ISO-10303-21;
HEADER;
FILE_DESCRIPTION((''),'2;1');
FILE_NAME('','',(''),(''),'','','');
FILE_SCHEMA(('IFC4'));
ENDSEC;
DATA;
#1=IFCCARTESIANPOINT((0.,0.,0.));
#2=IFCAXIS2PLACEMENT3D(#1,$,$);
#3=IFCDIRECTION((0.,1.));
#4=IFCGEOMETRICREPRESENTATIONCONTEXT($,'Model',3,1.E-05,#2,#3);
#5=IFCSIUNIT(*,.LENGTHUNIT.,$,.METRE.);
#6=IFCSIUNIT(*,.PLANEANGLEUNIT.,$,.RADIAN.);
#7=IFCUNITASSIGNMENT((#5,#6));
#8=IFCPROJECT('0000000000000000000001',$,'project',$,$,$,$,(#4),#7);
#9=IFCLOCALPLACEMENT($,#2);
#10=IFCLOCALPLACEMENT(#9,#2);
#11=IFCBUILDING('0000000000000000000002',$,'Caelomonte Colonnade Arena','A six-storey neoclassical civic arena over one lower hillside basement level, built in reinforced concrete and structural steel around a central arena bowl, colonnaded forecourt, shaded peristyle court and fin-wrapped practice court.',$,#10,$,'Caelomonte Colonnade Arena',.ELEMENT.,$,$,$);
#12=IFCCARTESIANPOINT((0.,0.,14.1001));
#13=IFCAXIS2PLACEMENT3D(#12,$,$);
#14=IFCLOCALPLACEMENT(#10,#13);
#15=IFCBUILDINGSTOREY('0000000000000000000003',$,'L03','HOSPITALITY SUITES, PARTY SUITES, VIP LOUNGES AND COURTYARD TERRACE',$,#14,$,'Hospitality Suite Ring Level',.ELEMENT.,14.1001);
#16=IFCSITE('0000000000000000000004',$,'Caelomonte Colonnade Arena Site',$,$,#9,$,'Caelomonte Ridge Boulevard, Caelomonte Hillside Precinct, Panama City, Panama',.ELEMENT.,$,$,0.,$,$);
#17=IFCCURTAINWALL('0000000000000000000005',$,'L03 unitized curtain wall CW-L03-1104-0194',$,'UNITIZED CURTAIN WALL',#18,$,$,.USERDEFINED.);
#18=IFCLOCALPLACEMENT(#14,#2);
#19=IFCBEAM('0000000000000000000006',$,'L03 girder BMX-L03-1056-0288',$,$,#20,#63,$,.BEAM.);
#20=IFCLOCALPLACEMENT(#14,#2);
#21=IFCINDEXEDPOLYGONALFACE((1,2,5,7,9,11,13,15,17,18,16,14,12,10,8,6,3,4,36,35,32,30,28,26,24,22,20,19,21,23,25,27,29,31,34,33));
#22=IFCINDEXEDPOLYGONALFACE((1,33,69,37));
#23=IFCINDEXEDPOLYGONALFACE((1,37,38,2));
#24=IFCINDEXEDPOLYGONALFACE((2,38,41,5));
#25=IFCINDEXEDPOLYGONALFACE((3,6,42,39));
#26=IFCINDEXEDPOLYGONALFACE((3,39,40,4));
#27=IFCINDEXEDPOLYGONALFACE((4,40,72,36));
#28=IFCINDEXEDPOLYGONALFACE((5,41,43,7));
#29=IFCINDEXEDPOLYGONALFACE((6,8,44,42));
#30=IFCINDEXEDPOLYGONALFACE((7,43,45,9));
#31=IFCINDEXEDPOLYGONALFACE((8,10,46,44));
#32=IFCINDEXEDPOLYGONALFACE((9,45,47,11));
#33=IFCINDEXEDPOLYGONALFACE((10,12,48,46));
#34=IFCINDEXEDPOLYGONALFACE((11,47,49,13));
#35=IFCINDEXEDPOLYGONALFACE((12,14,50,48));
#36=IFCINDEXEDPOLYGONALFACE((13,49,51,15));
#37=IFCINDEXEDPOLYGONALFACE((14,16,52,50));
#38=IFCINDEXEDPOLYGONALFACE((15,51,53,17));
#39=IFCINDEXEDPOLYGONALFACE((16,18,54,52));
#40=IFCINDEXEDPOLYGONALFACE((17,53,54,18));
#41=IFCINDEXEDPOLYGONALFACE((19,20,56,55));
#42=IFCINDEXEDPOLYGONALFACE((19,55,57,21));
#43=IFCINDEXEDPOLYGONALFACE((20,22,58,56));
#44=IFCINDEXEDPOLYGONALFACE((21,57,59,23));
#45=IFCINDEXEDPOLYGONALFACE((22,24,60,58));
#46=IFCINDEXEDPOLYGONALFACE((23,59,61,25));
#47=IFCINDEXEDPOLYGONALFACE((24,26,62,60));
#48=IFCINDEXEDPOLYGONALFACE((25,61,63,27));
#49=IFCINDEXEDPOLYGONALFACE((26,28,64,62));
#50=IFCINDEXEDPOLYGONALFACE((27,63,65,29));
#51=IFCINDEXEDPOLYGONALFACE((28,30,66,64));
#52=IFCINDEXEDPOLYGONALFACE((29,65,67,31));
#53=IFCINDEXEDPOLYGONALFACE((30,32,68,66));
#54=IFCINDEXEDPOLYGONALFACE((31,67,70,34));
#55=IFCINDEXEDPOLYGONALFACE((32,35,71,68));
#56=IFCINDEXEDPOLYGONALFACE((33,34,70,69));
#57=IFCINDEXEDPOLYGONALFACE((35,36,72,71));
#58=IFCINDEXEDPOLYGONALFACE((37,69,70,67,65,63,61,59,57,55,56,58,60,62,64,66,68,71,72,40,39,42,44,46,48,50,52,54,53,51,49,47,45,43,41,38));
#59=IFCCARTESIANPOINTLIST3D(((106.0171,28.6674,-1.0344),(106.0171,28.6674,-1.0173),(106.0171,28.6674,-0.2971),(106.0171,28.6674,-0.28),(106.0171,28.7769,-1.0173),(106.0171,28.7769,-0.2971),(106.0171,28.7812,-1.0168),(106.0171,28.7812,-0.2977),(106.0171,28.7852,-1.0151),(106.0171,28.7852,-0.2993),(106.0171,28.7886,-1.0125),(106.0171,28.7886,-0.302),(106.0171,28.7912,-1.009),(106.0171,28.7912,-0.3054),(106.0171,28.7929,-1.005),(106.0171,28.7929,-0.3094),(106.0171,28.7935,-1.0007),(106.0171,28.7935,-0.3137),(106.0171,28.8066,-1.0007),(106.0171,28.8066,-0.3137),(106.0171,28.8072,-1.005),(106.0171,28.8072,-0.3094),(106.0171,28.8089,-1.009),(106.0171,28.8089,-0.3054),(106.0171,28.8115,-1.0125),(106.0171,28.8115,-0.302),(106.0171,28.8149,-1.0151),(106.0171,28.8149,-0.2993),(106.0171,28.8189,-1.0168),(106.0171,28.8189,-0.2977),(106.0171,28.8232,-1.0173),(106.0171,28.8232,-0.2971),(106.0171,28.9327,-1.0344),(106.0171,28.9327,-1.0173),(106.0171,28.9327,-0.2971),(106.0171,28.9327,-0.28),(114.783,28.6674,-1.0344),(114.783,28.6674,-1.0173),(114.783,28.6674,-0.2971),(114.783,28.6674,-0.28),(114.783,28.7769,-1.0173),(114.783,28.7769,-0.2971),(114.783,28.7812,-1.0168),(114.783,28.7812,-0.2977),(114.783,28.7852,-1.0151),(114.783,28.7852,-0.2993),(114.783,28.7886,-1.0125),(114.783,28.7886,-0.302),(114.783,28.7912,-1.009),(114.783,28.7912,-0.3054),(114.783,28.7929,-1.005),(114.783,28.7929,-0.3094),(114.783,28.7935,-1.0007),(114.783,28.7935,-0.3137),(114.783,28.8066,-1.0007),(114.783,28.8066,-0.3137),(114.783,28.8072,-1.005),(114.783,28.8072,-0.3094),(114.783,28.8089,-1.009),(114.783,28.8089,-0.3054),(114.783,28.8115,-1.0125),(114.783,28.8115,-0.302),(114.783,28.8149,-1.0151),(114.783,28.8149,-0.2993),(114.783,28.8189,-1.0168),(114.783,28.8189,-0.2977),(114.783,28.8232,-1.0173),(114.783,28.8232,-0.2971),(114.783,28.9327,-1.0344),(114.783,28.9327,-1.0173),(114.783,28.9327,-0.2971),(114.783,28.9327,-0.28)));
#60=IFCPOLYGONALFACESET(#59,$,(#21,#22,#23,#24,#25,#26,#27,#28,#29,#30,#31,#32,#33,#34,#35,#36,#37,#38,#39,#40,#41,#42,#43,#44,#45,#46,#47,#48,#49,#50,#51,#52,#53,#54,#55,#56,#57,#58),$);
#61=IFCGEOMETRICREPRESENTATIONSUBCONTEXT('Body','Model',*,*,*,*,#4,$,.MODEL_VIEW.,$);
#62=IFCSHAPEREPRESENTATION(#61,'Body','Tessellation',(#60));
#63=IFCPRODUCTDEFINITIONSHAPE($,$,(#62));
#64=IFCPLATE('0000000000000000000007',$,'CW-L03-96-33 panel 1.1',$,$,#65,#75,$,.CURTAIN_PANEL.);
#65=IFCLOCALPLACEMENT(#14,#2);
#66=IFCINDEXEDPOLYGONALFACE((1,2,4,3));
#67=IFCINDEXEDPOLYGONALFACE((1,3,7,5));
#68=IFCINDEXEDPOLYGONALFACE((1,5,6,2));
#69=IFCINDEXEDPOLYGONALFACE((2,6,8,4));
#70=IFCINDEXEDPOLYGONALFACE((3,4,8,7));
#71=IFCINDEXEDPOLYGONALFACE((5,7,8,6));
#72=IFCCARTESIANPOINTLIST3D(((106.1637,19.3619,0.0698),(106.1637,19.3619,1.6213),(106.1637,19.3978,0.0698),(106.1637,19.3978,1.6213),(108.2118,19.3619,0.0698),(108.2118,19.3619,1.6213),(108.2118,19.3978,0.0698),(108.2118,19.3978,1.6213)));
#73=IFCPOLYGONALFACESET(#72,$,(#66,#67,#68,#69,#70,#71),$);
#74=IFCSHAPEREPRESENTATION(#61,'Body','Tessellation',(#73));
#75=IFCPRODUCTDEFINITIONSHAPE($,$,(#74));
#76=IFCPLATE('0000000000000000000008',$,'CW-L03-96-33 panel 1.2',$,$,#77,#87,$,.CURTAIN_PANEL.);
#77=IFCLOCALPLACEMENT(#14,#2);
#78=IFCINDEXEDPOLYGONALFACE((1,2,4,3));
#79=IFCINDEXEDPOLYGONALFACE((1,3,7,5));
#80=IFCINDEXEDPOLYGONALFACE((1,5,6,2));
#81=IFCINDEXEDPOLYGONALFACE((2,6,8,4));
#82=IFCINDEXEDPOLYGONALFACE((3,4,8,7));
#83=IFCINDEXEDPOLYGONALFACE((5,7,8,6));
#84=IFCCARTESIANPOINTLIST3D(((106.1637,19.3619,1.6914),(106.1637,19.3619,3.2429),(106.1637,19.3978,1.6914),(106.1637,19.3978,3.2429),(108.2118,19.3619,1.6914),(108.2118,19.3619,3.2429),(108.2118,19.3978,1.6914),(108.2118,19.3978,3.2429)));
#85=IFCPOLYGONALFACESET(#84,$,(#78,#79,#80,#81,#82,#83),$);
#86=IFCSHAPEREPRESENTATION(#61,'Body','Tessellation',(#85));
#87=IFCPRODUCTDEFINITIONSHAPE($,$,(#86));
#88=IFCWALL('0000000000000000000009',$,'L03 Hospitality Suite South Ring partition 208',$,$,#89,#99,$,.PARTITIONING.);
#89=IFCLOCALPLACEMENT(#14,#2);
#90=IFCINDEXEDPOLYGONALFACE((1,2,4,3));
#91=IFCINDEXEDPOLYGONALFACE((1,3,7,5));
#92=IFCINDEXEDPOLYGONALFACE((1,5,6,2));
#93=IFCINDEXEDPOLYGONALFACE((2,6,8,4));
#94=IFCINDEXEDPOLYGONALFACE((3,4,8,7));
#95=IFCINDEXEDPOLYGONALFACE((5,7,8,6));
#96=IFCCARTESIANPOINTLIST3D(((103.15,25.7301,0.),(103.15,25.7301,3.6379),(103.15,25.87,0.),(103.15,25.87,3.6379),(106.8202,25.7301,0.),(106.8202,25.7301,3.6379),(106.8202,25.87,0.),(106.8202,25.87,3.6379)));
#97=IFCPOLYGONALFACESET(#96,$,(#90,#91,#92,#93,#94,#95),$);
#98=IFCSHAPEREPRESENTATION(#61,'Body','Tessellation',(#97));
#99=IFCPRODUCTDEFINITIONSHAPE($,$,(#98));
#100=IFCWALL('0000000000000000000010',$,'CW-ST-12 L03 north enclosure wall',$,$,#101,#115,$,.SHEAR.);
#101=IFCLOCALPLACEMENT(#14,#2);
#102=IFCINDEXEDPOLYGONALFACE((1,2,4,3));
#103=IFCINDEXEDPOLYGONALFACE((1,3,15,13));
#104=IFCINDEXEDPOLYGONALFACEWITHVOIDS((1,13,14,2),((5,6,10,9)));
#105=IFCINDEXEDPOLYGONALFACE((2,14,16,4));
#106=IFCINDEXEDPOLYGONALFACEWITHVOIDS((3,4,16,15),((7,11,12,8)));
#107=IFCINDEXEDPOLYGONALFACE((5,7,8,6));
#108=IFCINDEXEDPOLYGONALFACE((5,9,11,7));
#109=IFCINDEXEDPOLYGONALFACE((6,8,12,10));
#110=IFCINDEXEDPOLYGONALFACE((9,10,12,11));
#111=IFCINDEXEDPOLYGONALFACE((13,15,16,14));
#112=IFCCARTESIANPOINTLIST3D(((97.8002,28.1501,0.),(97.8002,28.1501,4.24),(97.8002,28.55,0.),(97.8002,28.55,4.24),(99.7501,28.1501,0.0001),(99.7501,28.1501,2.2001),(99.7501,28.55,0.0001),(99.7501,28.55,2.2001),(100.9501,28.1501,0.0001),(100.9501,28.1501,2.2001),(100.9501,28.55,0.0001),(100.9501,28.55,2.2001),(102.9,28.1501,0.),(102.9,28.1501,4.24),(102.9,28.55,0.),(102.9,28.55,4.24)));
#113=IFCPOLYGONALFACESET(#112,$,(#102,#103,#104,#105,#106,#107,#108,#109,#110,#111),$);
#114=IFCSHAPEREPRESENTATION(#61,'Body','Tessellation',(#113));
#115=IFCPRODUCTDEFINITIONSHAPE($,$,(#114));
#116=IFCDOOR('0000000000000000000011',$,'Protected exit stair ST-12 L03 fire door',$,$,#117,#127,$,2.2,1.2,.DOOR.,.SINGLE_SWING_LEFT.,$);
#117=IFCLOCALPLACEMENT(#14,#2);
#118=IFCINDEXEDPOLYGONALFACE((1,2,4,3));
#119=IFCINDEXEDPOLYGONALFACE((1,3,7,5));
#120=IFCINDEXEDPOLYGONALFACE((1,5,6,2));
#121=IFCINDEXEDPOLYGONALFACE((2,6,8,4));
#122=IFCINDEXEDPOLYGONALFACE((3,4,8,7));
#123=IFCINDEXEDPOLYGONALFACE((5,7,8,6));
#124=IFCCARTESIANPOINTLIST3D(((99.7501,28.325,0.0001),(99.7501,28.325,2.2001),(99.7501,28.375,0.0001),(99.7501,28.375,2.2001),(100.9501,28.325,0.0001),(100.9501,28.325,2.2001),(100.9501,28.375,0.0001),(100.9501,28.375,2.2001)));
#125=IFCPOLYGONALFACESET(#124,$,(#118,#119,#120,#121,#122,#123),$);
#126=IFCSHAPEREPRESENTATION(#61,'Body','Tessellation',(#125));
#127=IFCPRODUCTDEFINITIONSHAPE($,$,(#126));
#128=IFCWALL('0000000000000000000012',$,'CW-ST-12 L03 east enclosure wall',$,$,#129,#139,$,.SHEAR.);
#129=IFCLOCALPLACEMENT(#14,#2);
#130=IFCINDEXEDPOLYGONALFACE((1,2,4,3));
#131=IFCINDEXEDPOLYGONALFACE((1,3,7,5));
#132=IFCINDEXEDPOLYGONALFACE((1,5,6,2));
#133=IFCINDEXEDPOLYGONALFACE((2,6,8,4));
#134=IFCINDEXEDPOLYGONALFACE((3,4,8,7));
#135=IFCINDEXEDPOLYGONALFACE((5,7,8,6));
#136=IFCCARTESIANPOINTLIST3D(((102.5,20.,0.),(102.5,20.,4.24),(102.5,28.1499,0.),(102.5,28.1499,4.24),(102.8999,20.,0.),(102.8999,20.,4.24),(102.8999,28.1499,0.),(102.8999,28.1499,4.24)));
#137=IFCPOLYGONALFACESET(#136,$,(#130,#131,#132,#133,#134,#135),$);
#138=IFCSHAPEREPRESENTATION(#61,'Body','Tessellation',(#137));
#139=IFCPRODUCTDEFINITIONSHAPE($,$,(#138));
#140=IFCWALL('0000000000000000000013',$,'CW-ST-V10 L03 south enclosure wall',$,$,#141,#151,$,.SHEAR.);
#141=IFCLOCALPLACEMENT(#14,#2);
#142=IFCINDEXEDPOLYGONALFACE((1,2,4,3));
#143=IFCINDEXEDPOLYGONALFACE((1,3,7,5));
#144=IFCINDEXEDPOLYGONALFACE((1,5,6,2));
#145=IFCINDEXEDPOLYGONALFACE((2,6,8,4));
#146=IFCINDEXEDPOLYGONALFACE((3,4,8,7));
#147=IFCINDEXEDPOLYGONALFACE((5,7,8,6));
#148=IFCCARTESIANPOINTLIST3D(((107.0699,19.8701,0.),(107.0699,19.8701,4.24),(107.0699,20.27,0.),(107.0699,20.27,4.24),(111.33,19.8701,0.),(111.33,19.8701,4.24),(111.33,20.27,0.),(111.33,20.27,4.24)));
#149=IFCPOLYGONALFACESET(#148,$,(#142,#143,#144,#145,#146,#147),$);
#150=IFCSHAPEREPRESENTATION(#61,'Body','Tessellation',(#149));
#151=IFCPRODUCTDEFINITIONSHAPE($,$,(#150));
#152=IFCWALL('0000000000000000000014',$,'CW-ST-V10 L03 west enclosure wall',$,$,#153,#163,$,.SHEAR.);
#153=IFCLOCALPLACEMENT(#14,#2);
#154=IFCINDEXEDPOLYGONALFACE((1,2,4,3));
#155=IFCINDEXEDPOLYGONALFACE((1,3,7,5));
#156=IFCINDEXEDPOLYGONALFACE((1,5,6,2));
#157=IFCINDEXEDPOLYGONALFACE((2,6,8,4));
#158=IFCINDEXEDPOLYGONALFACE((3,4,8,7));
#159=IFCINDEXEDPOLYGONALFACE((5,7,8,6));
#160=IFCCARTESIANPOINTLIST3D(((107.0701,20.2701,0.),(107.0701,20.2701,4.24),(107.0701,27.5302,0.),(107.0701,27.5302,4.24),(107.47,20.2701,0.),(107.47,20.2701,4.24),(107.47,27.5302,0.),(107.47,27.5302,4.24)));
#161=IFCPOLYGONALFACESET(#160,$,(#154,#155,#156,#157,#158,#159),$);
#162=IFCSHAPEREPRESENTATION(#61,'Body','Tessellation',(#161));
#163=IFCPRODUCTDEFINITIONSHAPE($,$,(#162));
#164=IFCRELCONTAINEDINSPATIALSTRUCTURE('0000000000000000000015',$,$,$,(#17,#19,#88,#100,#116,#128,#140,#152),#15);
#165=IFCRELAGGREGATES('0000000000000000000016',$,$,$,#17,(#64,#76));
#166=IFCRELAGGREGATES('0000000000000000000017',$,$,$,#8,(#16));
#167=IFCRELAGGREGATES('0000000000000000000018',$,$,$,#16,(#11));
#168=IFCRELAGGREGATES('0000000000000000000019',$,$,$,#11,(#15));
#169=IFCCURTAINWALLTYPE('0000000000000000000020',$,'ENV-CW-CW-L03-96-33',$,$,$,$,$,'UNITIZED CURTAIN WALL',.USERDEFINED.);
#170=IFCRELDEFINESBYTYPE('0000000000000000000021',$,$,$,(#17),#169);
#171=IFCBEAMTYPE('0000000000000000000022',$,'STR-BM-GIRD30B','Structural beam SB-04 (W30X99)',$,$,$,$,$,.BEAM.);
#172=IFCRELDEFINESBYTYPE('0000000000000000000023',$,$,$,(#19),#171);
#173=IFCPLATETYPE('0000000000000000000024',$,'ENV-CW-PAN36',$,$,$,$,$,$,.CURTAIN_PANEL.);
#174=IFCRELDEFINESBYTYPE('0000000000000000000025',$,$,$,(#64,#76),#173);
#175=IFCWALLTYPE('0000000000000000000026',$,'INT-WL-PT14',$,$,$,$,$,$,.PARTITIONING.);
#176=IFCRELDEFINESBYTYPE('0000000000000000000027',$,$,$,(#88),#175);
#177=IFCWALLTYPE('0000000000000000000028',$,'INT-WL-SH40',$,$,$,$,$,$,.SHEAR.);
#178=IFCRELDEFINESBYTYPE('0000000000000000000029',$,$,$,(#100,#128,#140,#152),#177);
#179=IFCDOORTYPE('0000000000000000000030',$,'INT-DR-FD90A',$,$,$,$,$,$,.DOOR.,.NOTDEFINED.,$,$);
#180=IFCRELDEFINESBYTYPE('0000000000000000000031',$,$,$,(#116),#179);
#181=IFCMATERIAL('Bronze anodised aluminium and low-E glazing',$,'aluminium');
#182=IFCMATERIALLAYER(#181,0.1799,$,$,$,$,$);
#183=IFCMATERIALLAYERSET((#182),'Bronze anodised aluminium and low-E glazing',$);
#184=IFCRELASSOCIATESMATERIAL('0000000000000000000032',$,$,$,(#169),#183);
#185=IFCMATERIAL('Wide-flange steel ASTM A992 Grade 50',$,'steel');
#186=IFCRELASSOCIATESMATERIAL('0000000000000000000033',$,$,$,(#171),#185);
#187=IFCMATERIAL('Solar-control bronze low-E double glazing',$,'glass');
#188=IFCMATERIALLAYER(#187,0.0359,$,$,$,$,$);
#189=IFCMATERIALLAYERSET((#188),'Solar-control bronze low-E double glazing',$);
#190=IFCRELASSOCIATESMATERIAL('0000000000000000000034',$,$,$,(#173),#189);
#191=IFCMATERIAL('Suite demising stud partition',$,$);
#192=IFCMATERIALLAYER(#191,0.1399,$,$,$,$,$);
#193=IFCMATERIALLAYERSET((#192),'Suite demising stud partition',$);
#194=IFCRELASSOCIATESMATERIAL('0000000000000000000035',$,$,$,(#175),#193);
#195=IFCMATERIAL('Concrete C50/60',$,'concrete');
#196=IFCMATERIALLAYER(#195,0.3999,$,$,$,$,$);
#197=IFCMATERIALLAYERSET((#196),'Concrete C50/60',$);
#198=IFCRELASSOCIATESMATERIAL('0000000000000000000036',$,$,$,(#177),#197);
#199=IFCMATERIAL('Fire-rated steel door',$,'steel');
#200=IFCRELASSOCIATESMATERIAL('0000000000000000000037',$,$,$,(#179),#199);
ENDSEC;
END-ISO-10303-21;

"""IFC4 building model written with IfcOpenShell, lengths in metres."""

from ifc_helpers import new_model, si_unit, direction, frame, frame_2d, origin, origin_2d, place, context, subcontext, project, spatial, rectangle, i_section, extrude, material, layer, layer_set, material_profile, profile_set, type_object, element, fill, aggregate, save


model = new_model("IFC4")

# Units and contexts
model_context = context("Model", 3, precision=1e-05, world=origin(), true_north=direction((0.0, 1.0)))
body_context = subcontext(model_context, "Body", "Model", "MODEL_VIEW")
ifc_project = project(units=[si_unit("LENGTHUNIT", "METRE"), si_unit("PLANEANGLEUNIT", "RADIAN")], contexts=[model_context])

# Site, building, storey
site_placement = place(None, origin())
site = spatial("IfcSite", under=ifc_project, at=site_placement, Name="Caelomonte Colonnade Arena Site", LongName="Caelomonte Ridge Boulevard, Caelomonte Hillside Precinct, Panama City, Panama", CompositionType="ELEMENT", RefElevation=0.0)
building_placement = place(site_placement, origin())
building = spatial("IfcBuilding", under=site, at=building_placement, Name="Caelomonte Colonnade Arena", Description="A six-storey neoclassical civic arena over one lower hillside basement level, built in reinforced concrete and structural steel around a central arena bowl, colonnaded forecourt, shaded peristyle court and fin-wrapped practice court.", LongName="Caelomonte Colonnade Arena", CompositionType="ELEMENT")
storey_placement = place(building_placement, frame((0.0, 0.0, 14.1001)))
storey = spatial("IfcBuildingStorey", under=building, at=storey_placement, Name="L03", Description="HOSPITALITY SUITES, PARTY SUITES, VIP LOUNGES AND COURTYARD TERRACE", LongName="Hospitality Suite Ring Level", CompositionType="ELEMENT", Elevation=14.1001)

# Curtain wall
ifc_material_1 = material(Name="Bronze anodised aluminium and low-E glazing", Category="aluminium")
ifc_layer_1 = layer(ifc_material_1, 0.1799)
ifc_layer_set_1 = layer_set([ifc_layer_1], Name="Bronze anodised aluminium and low-E glazing")
curtain_wall_type = type_object("IfcCurtainWallType", Name="ENV-CW-CW-L03-96-33", ElementType="UNITIZED CURTAIN WALL", PredefinedType="USERDEFINED", material=ifc_layer_set_1)
curtain_wall_placement = place(storey_placement, origin())
curtain_wall = element("IfcCurtainWall", 1, at=curtain_wall_placement, inside=storey, type_object=curtain_wall_type, Name="L03 unitized curtain wall CW-L03-1104-0194", ObjectType="UNITIZED CURTAIN WALL", PredefinedType="USERDEFINED")

# Beam
ifc_material_2 = material(Name="Wide-flange steel ASTM A992 Grade 50", Category="steel")
ifc_material_profile_1 = material_profile(ifc_material_2, i_section(OverallWidth=0.2654, OverallDepth=0.7544, WebThickness=0.0132, FlangeThickness=0.0171, FilletRadius=0.0166, at=origin_2d()), Name="W30X99")
ifc_profile_set_1 = profile_set([ifc_material_profile_1], Name="Wide-flange steel ASTM A992 Grade 50")
beam_type_1 = type_object("IfcBeamType", Name="STR-BM-GIRD30B", Description="Structural beam SB-04 (W30X99)", PredefinedType="BEAM", material=ifc_profile_set_1)
beam_1_placement = place(storey_placement, frame((106.0171, 28.8, -0.6572), z_axis=(1.0, 0.0, 0.0), x_axis=(0.0, 1.0, 0.0)))
element("IfcBeam", 2, at=beam_1_placement, inside=storey, type_object=beam_type_1, Name="L03 girder BMX-L03-1056-0288", PredefinedType="BEAM", context=body_context, shape_type="SweptSolid", body=[
    extrude(i_section(OverallWidth=0.2654, OverallDepth=0.7544, WebThickness=0.0132, FlangeThickness=0.0171, FilletRadius=0.0166, at=origin_2d()), origin(), (0.0, 0.0, 1.0), 8.7659),
])

# Plates
ifc_material_3 = material(Name="Solar-control bronze low-E double glazing", Category="glass")
ifc_layer_2 = layer(ifc_material_3, 0.0359)
ifc_layer_set_2 = layer_set([ifc_layer_2], Name="Solar-control bronze low-E double glazing")
plate_type = type_object("IfcPlateType", Name="ENV-CW-PAN36", PredefinedType="CURTAIN_PANEL", material=ifc_layer_set_2)
plate_1_placement = place(storey_placement, frame((107.1877, 19.3799, 0.0698), z_axis=(0.0, 0.0, 1.0), x_axis=(1.0, 0.0, 0.0)))
plate_1 = element("IfcPlate", 3, at=plate_1_placement, type_object=plate_type, Name="CW-L03-96-33 panel 1.1", PredefinedType="CURTAIN_PANEL", context=body_context, shape_type="SweptSolid", body=[
    extrude(rectangle(XDim=2.0481, YDim=0.0359, at=origin_2d()), origin(), (0.0, 0.0, 1.0), 1.5515),
])
plate_2_placement = place(storey_placement, frame((107.1877, 19.3799, 1.6914), z_axis=(0.0, 0.0, 1.0), x_axis=(1.0, 0.0, 0.0)))
plate_2 = element("IfcPlate", 4, at=plate_2_placement, type_object=plate_type, Name="CW-L03-96-33 panel 1.2", PredefinedType="CURTAIN_PANEL", context=body_context, shape_type="SweptSolid", body=[
    extrude(rectangle(XDim=2.0481, YDim=0.0359, at=origin_2d()), origin(), (0.0, 0.0, 1.0), 1.5515),
])
aggregate(curtain_wall, [plate_1, plate_2])

# Wall
ifc_material_4 = material(Name="Suite demising stud partition")
ifc_layer_3 = layer(ifc_material_4, 0.1399)
ifc_layer_set_3 = layer_set([ifc_layer_3], Name="Suite demising stud partition")
wall_type_1 = type_object("IfcWallType", Name="INT-WL-PT14", PredefinedType="PARTITIONING", material=ifc_layer_set_3)
wall_1_placement = place(storey_placement, frame((106.8201, 25.8, 0.0), z_axis=(0.0, 0.0, 1.0), x_axis=(-1.0, 0.0, 0.0)))
element("IfcWall", 5, at=wall_1_placement, inside=storey, type_object=wall_type_1, Name="L03 Hospitality Suite South Ring partition 208", PredefinedType="PARTITIONING", context=body_context, shape_type="SweptSolid", body=[
    extrude(rectangle(XDim=3.6702, YDim=0.1399, at=frame_2d((1.835, 0.0))), origin(), (0.0, 0.0, 1.0), 3.6379),
])

# Wall, opening, door
ifc_material_5 = material(Name="Concrete C50/60", Category="concrete")
ifc_layer_4 = layer(ifc_material_5, 0.3999)
ifc_layer_set_4 = layer_set([ifc_layer_4], Name="Concrete C50/60")
wall_type_2 = type_object("IfcWallType", Name="INT-WL-SH40", PredefinedType="SHEAR", material=ifc_layer_set_4)
wall_2_placement = place(storey_placement, frame((102.8999, 28.3501, 0.0), z_axis=(0.0, 0.0, 1.0), x_axis=(-1.0, 0.0, 0.0)))
wall_2 = element("IfcWall", 6, at=wall_2_placement, inside=storey, type_object=wall_type_2, Name="CW-ST-12 L03 north enclosure wall", PredefinedType="SHEAR", context=body_context, shape_type="SweptSolid", body=[
    extrude(rectangle(XDim=5.0999, YDim=0.3999, at=frame_2d((2.5498, 0.0))), origin(), (0.0, 0.0, 1.0), 4.24),
])
opening_placement = place(wall_2_placement, frame((3.1499, 0.0, 0.0), z_axis=(0.0, 0.0, 1.0), x_axis=(-1.0, 0.0, 0.0)))
opening = element("IfcOpeningElement", 7, at=opening_placement, cuts=wall_2, PredefinedType="OPENING", context=body_context, shape_type="SweptSolid", body=[
    extrude(rectangle(XDim=1.2, YDim=2.2, at=frame_2d((0.6001, 1.1001))), frame((0.0, 0.21, 0.0), z_axis=(0.0, -1.0, 0.0), x_axis=(1.0, 0.0, 0.0)), (0.0, 0.0, 1.0), 0.4199),
])
ifc_material_6 = material(Name="Fire-rated steel door", Category="steel")
door_type = type_object("IfcDoorType", Name="INT-DR-FD90A", OperationType="NOTDEFINED", PredefinedType="DOOR", material=ifc_material_6)
door_placement = place(opening_placement, origin())
door = element("IfcDoor", 8, at=door_placement, inside=storey, type_object=door_type, Name="Protected exit stair ST-12 L03 fire door", OperationType="SINGLE_SWING_LEFT", OverallHeight=2.2, OverallWidth=1.2, PredefinedType="DOOR", context=body_context, shape_type="SweptSolid", body=[
    extrude(rectangle(XDim=1.2, YDim=2.2, at=frame_2d((0.6001, 1.1001))), frame((0.0, 0.0249, 0.0), z_axis=(0.0, -1.0, 0.0), x_axis=(1.0, 0.0, 0.0)), (0.0, 0.0, 1.0), 0.05),
])
fill(opening, door)

# Walls
wall_3_placement = place(storey_placement, frame((102.7, 20.0, 0.0), z_axis=(0.0, 0.0, 1.0), x_axis=(0.0, 1.0, 0.0)))
element("IfcWall", 9, at=wall_3_placement, inside=storey, type_object=wall_type_2, Name="CW-ST-12 L03 east enclosure wall", PredefinedType="SHEAR", context=body_context, shape_type="SweptSolid", body=[
    extrude(rectangle(XDim=8.1499, YDim=0.3999, at=frame_2d((4.075, 0.0))), origin(), (0.0, 0.0, 1.0), 4.24),
])
wall_4_placement = place(storey_placement, frame((107.0701, 20.0701, 0.0), z_axis=(0.0, 0.0, 1.0), x_axis=(1.0, 0.0, 0.0)))
element("IfcWall", 10, at=wall_4_placement, inside=storey, type_object=wall_type_2, Name="CW-ST-V10 L03 south enclosure wall", PredefinedType="SHEAR", context=body_context, shape_type="SweptSolid", body=[
    extrude(rectangle(XDim=4.26, YDim=0.3999, at=frame_2d((2.1299, 0.0))), origin(), (0.0, 0.0, 1.0), 4.24),
])
wall_5_placement = place(storey_placement, frame((107.27, 27.53, 0.0), z_axis=(0.0, 0.0, 1.0), x_axis=(0.0, -1.0, 0.0)))
element("IfcWall", 11, at=wall_5_placement, inside=storey, type_object=wall_type_2, Name="CW-ST-V10 L03 west enclosure wall", PredefinedType="SHEAR", context=body_context, shape_type="SweptSolid", body=[
    extrude(rectangle(XDim=7.26, YDim=0.3999, at=frame_2d((3.6299, 0.0))), origin(), (0.0, 0.0, 1.0), 4.24),
])

save(model, "model.ifc")
